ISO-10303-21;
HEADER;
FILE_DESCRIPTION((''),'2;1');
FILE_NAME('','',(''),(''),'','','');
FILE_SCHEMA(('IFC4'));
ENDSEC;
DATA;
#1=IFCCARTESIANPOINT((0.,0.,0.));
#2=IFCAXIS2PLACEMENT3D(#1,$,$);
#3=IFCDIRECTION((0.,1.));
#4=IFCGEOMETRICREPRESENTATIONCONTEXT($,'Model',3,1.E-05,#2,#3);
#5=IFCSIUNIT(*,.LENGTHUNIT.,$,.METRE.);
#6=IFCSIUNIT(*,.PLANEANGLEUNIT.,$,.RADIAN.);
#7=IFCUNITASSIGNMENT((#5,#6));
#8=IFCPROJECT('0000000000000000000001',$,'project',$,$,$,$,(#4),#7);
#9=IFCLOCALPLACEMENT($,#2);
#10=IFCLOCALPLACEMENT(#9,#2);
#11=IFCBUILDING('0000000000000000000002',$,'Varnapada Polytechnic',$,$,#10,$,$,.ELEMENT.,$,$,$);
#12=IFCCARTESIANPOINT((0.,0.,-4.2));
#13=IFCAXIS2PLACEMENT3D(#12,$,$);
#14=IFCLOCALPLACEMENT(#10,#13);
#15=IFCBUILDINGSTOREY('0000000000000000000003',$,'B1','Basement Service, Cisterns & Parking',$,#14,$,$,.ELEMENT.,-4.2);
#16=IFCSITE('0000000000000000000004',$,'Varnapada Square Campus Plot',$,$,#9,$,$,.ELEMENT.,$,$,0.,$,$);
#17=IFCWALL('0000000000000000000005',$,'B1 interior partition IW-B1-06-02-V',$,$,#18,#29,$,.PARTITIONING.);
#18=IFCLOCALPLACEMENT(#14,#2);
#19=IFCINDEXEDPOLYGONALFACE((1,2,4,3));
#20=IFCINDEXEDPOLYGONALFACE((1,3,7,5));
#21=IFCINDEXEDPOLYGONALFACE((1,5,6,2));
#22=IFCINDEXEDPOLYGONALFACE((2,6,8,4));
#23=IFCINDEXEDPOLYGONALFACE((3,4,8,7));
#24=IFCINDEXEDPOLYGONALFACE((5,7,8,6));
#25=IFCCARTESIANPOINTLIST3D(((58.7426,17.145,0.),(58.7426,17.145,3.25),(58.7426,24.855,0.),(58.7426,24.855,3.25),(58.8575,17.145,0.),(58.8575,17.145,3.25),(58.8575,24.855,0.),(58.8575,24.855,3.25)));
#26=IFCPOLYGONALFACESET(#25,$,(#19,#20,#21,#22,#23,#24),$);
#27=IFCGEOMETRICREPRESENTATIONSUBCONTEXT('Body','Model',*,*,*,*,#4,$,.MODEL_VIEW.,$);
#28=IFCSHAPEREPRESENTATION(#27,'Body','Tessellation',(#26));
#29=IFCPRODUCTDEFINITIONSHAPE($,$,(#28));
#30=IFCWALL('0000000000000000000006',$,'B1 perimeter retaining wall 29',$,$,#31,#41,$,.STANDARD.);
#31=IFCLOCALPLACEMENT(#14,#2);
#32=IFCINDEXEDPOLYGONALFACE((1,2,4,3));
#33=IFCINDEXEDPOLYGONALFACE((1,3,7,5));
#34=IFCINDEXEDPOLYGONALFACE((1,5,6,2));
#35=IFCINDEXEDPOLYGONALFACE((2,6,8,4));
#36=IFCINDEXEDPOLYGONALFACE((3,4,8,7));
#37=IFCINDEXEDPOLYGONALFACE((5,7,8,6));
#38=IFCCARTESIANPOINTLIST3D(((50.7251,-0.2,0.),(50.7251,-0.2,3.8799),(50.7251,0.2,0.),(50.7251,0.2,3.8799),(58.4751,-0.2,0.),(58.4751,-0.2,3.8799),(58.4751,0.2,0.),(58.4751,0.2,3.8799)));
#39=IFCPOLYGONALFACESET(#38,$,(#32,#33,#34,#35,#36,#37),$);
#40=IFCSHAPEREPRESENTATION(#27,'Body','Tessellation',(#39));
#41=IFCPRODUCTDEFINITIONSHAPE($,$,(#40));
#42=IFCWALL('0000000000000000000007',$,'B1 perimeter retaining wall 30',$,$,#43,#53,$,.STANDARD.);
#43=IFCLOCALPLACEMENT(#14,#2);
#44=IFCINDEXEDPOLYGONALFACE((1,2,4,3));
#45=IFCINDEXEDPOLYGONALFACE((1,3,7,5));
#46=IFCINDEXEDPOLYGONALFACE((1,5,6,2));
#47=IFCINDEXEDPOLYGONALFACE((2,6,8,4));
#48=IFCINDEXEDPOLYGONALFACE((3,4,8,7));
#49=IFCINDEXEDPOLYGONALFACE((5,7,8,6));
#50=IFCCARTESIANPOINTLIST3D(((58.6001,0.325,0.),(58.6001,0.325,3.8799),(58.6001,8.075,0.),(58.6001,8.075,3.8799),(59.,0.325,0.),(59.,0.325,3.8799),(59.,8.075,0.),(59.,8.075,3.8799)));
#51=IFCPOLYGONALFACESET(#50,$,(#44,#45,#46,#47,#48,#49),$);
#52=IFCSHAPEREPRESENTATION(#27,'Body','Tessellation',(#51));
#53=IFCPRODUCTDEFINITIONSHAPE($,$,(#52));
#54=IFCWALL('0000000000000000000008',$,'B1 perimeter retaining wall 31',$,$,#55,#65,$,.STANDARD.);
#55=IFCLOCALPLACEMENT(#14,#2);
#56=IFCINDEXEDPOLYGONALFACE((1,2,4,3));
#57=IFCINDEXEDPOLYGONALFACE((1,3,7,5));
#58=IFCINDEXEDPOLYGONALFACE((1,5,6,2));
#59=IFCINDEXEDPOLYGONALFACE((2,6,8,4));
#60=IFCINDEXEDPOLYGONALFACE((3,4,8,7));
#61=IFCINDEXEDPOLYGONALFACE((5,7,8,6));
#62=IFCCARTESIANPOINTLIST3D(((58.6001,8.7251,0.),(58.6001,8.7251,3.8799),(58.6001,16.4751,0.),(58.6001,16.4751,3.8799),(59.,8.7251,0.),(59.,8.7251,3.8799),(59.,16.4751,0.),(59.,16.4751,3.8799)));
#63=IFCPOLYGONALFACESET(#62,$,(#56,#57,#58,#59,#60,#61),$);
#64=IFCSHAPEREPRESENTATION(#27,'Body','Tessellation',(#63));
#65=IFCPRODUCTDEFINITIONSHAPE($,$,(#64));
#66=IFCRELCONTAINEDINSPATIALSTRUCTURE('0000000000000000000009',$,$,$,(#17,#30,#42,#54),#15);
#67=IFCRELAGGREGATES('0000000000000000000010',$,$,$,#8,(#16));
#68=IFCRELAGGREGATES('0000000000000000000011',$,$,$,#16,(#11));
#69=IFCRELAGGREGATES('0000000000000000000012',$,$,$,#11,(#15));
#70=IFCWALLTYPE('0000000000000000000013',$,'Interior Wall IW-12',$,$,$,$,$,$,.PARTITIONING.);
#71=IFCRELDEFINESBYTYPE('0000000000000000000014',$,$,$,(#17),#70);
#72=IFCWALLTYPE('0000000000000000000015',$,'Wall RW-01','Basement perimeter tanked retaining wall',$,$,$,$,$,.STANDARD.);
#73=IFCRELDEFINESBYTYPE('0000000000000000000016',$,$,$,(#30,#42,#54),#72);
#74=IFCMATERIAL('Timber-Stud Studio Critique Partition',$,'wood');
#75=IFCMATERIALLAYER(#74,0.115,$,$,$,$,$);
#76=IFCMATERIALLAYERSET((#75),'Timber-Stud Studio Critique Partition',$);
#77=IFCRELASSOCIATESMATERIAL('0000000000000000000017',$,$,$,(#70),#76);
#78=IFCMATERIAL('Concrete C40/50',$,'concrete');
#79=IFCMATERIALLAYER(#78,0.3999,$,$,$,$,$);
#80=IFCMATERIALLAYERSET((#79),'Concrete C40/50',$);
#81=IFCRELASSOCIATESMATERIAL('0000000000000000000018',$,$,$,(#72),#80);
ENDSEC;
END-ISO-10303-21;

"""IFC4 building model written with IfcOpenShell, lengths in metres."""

from ifc_helpers import new_model, si_unit, direction, frame, frame_2d, origin, place, context, subcontext, project, spatial, rectangle, extrude, material, layer, layer_set, type_object, element, save


model = new_model("IFC4")

# Units and contexts
model_context = context("Model", 3, precision=1e-05, world=origin(), true_north=direction((0.0, 1.0)))
body_context = subcontext(model_context, "Body", "Model", "MODEL_VIEW")
ifc_project = project(units=[si_unit("LENGTHUNIT", "METRE"), si_unit("PLANEANGLEUNIT", "RADIAN")], contexts=[model_context])

# Site, building, storey
site_placement = place(None, origin())
site = spatial("IfcSite", under=ifc_project, at=site_placement, Name="Varnapada Square Campus Plot", CompositionType="ELEMENT", RefElevation=0.0)
building_placement = place(site_placement, origin())
building = spatial("IfcBuilding", under=site, at=building_placement, Name="Varnapada Polytechnic", CompositionType="ELEMENT")
storey_placement = place(building_placement, frame((0.0, 0.0, -4.2)))
storey = spatial("IfcBuildingStorey", under=building, at=storey_placement, Name="B1", Description="Basement Service, Cisterns & Parking", CompositionType="ELEMENT", Elevation=-4.2)

# Shared definitions
ifc_material_1 = material(Name="Concrete C40/50", Category="concrete")

# Walls
ifc_material_2 = material(Name="Timber-Stud Studio Critique Partition", Category="wood")
ifc_layer_1 = layer(ifc_material_2, 0.115)
ifc_layer_set_1 = layer_set([ifc_layer_1], Name="Timber-Stud Studio Critique Partition")
wall_type_1 = type_object("IfcWallType", Name="Interior Wall IW-12", PredefinedType="PARTITIONING", material=ifc_layer_set_1)
wall_placement = place(storey_placement, frame((58.8, 17.145, 0.0), z_axis=(0.0, 0.0, 1.0), x_axis=(0.0, 1.0, 0.0)))
element("IfcWall", 1, at=wall_placement, inside=storey, type_object=wall_type_1, Name="B1 interior partition IW-B1-06-02-V", PredefinedType="PARTITIONING", context=body_context, shape_type="SweptSolid", body=[
    extrude(rectangle(XDim=7.71, YDim=0.115, at=frame_2d((3.855, 0.0))), origin(), (0.0, 0.0, 1.0), 3.25),
])
ifc_layer_2 = layer(ifc_material_1, 0.3999)
ifc_layer_set_2 = layer_set([ifc_layer_2], Name="Concrete C40/50")
wall_type_2 = type_object("IfcWallType", Name="Wall RW-01", Description="Basement perimeter tanked retaining wall", PredefinedType="STANDARD", material=ifc_layer_set_2)
for number, where, z_axis, x_axis, name in (
    (2, (58.4751, 0.0, 0.0), (0.0, 0.0, 1.0), (-1.0, 0.0, 0.0), "B1 perimeter retaining wall 29"),
    (3, (58.8, 8.075, 0.0), (0.0, 0.0, 1.0), (0.0, -1.0, 0.0), "B1 perimeter retaining wall 30"),
    (4, (58.8, 16.4751, 0.0), (0.0, 0.0, 1.0), (0.0, -1.0, 0.0), "B1 perimeter retaining wall 31"),
):
    element("IfcWall", number, at=place(storey_placement, frame(where, z_axis=z_axis, x_axis=x_axis)), inside=storey, type_object=wall_type_2, Name=name, PredefinedType="STANDARD", context=body_context, shape_type="SweptSolid", body=[
        extrude(rectangle(XDim=7.75, YDim=0.3999, at=frame_2d((3.875, 0.0))), origin(), (0.0, 0.0, 1.0), 3.8799),
    ])

save(model, "model.ifc")
